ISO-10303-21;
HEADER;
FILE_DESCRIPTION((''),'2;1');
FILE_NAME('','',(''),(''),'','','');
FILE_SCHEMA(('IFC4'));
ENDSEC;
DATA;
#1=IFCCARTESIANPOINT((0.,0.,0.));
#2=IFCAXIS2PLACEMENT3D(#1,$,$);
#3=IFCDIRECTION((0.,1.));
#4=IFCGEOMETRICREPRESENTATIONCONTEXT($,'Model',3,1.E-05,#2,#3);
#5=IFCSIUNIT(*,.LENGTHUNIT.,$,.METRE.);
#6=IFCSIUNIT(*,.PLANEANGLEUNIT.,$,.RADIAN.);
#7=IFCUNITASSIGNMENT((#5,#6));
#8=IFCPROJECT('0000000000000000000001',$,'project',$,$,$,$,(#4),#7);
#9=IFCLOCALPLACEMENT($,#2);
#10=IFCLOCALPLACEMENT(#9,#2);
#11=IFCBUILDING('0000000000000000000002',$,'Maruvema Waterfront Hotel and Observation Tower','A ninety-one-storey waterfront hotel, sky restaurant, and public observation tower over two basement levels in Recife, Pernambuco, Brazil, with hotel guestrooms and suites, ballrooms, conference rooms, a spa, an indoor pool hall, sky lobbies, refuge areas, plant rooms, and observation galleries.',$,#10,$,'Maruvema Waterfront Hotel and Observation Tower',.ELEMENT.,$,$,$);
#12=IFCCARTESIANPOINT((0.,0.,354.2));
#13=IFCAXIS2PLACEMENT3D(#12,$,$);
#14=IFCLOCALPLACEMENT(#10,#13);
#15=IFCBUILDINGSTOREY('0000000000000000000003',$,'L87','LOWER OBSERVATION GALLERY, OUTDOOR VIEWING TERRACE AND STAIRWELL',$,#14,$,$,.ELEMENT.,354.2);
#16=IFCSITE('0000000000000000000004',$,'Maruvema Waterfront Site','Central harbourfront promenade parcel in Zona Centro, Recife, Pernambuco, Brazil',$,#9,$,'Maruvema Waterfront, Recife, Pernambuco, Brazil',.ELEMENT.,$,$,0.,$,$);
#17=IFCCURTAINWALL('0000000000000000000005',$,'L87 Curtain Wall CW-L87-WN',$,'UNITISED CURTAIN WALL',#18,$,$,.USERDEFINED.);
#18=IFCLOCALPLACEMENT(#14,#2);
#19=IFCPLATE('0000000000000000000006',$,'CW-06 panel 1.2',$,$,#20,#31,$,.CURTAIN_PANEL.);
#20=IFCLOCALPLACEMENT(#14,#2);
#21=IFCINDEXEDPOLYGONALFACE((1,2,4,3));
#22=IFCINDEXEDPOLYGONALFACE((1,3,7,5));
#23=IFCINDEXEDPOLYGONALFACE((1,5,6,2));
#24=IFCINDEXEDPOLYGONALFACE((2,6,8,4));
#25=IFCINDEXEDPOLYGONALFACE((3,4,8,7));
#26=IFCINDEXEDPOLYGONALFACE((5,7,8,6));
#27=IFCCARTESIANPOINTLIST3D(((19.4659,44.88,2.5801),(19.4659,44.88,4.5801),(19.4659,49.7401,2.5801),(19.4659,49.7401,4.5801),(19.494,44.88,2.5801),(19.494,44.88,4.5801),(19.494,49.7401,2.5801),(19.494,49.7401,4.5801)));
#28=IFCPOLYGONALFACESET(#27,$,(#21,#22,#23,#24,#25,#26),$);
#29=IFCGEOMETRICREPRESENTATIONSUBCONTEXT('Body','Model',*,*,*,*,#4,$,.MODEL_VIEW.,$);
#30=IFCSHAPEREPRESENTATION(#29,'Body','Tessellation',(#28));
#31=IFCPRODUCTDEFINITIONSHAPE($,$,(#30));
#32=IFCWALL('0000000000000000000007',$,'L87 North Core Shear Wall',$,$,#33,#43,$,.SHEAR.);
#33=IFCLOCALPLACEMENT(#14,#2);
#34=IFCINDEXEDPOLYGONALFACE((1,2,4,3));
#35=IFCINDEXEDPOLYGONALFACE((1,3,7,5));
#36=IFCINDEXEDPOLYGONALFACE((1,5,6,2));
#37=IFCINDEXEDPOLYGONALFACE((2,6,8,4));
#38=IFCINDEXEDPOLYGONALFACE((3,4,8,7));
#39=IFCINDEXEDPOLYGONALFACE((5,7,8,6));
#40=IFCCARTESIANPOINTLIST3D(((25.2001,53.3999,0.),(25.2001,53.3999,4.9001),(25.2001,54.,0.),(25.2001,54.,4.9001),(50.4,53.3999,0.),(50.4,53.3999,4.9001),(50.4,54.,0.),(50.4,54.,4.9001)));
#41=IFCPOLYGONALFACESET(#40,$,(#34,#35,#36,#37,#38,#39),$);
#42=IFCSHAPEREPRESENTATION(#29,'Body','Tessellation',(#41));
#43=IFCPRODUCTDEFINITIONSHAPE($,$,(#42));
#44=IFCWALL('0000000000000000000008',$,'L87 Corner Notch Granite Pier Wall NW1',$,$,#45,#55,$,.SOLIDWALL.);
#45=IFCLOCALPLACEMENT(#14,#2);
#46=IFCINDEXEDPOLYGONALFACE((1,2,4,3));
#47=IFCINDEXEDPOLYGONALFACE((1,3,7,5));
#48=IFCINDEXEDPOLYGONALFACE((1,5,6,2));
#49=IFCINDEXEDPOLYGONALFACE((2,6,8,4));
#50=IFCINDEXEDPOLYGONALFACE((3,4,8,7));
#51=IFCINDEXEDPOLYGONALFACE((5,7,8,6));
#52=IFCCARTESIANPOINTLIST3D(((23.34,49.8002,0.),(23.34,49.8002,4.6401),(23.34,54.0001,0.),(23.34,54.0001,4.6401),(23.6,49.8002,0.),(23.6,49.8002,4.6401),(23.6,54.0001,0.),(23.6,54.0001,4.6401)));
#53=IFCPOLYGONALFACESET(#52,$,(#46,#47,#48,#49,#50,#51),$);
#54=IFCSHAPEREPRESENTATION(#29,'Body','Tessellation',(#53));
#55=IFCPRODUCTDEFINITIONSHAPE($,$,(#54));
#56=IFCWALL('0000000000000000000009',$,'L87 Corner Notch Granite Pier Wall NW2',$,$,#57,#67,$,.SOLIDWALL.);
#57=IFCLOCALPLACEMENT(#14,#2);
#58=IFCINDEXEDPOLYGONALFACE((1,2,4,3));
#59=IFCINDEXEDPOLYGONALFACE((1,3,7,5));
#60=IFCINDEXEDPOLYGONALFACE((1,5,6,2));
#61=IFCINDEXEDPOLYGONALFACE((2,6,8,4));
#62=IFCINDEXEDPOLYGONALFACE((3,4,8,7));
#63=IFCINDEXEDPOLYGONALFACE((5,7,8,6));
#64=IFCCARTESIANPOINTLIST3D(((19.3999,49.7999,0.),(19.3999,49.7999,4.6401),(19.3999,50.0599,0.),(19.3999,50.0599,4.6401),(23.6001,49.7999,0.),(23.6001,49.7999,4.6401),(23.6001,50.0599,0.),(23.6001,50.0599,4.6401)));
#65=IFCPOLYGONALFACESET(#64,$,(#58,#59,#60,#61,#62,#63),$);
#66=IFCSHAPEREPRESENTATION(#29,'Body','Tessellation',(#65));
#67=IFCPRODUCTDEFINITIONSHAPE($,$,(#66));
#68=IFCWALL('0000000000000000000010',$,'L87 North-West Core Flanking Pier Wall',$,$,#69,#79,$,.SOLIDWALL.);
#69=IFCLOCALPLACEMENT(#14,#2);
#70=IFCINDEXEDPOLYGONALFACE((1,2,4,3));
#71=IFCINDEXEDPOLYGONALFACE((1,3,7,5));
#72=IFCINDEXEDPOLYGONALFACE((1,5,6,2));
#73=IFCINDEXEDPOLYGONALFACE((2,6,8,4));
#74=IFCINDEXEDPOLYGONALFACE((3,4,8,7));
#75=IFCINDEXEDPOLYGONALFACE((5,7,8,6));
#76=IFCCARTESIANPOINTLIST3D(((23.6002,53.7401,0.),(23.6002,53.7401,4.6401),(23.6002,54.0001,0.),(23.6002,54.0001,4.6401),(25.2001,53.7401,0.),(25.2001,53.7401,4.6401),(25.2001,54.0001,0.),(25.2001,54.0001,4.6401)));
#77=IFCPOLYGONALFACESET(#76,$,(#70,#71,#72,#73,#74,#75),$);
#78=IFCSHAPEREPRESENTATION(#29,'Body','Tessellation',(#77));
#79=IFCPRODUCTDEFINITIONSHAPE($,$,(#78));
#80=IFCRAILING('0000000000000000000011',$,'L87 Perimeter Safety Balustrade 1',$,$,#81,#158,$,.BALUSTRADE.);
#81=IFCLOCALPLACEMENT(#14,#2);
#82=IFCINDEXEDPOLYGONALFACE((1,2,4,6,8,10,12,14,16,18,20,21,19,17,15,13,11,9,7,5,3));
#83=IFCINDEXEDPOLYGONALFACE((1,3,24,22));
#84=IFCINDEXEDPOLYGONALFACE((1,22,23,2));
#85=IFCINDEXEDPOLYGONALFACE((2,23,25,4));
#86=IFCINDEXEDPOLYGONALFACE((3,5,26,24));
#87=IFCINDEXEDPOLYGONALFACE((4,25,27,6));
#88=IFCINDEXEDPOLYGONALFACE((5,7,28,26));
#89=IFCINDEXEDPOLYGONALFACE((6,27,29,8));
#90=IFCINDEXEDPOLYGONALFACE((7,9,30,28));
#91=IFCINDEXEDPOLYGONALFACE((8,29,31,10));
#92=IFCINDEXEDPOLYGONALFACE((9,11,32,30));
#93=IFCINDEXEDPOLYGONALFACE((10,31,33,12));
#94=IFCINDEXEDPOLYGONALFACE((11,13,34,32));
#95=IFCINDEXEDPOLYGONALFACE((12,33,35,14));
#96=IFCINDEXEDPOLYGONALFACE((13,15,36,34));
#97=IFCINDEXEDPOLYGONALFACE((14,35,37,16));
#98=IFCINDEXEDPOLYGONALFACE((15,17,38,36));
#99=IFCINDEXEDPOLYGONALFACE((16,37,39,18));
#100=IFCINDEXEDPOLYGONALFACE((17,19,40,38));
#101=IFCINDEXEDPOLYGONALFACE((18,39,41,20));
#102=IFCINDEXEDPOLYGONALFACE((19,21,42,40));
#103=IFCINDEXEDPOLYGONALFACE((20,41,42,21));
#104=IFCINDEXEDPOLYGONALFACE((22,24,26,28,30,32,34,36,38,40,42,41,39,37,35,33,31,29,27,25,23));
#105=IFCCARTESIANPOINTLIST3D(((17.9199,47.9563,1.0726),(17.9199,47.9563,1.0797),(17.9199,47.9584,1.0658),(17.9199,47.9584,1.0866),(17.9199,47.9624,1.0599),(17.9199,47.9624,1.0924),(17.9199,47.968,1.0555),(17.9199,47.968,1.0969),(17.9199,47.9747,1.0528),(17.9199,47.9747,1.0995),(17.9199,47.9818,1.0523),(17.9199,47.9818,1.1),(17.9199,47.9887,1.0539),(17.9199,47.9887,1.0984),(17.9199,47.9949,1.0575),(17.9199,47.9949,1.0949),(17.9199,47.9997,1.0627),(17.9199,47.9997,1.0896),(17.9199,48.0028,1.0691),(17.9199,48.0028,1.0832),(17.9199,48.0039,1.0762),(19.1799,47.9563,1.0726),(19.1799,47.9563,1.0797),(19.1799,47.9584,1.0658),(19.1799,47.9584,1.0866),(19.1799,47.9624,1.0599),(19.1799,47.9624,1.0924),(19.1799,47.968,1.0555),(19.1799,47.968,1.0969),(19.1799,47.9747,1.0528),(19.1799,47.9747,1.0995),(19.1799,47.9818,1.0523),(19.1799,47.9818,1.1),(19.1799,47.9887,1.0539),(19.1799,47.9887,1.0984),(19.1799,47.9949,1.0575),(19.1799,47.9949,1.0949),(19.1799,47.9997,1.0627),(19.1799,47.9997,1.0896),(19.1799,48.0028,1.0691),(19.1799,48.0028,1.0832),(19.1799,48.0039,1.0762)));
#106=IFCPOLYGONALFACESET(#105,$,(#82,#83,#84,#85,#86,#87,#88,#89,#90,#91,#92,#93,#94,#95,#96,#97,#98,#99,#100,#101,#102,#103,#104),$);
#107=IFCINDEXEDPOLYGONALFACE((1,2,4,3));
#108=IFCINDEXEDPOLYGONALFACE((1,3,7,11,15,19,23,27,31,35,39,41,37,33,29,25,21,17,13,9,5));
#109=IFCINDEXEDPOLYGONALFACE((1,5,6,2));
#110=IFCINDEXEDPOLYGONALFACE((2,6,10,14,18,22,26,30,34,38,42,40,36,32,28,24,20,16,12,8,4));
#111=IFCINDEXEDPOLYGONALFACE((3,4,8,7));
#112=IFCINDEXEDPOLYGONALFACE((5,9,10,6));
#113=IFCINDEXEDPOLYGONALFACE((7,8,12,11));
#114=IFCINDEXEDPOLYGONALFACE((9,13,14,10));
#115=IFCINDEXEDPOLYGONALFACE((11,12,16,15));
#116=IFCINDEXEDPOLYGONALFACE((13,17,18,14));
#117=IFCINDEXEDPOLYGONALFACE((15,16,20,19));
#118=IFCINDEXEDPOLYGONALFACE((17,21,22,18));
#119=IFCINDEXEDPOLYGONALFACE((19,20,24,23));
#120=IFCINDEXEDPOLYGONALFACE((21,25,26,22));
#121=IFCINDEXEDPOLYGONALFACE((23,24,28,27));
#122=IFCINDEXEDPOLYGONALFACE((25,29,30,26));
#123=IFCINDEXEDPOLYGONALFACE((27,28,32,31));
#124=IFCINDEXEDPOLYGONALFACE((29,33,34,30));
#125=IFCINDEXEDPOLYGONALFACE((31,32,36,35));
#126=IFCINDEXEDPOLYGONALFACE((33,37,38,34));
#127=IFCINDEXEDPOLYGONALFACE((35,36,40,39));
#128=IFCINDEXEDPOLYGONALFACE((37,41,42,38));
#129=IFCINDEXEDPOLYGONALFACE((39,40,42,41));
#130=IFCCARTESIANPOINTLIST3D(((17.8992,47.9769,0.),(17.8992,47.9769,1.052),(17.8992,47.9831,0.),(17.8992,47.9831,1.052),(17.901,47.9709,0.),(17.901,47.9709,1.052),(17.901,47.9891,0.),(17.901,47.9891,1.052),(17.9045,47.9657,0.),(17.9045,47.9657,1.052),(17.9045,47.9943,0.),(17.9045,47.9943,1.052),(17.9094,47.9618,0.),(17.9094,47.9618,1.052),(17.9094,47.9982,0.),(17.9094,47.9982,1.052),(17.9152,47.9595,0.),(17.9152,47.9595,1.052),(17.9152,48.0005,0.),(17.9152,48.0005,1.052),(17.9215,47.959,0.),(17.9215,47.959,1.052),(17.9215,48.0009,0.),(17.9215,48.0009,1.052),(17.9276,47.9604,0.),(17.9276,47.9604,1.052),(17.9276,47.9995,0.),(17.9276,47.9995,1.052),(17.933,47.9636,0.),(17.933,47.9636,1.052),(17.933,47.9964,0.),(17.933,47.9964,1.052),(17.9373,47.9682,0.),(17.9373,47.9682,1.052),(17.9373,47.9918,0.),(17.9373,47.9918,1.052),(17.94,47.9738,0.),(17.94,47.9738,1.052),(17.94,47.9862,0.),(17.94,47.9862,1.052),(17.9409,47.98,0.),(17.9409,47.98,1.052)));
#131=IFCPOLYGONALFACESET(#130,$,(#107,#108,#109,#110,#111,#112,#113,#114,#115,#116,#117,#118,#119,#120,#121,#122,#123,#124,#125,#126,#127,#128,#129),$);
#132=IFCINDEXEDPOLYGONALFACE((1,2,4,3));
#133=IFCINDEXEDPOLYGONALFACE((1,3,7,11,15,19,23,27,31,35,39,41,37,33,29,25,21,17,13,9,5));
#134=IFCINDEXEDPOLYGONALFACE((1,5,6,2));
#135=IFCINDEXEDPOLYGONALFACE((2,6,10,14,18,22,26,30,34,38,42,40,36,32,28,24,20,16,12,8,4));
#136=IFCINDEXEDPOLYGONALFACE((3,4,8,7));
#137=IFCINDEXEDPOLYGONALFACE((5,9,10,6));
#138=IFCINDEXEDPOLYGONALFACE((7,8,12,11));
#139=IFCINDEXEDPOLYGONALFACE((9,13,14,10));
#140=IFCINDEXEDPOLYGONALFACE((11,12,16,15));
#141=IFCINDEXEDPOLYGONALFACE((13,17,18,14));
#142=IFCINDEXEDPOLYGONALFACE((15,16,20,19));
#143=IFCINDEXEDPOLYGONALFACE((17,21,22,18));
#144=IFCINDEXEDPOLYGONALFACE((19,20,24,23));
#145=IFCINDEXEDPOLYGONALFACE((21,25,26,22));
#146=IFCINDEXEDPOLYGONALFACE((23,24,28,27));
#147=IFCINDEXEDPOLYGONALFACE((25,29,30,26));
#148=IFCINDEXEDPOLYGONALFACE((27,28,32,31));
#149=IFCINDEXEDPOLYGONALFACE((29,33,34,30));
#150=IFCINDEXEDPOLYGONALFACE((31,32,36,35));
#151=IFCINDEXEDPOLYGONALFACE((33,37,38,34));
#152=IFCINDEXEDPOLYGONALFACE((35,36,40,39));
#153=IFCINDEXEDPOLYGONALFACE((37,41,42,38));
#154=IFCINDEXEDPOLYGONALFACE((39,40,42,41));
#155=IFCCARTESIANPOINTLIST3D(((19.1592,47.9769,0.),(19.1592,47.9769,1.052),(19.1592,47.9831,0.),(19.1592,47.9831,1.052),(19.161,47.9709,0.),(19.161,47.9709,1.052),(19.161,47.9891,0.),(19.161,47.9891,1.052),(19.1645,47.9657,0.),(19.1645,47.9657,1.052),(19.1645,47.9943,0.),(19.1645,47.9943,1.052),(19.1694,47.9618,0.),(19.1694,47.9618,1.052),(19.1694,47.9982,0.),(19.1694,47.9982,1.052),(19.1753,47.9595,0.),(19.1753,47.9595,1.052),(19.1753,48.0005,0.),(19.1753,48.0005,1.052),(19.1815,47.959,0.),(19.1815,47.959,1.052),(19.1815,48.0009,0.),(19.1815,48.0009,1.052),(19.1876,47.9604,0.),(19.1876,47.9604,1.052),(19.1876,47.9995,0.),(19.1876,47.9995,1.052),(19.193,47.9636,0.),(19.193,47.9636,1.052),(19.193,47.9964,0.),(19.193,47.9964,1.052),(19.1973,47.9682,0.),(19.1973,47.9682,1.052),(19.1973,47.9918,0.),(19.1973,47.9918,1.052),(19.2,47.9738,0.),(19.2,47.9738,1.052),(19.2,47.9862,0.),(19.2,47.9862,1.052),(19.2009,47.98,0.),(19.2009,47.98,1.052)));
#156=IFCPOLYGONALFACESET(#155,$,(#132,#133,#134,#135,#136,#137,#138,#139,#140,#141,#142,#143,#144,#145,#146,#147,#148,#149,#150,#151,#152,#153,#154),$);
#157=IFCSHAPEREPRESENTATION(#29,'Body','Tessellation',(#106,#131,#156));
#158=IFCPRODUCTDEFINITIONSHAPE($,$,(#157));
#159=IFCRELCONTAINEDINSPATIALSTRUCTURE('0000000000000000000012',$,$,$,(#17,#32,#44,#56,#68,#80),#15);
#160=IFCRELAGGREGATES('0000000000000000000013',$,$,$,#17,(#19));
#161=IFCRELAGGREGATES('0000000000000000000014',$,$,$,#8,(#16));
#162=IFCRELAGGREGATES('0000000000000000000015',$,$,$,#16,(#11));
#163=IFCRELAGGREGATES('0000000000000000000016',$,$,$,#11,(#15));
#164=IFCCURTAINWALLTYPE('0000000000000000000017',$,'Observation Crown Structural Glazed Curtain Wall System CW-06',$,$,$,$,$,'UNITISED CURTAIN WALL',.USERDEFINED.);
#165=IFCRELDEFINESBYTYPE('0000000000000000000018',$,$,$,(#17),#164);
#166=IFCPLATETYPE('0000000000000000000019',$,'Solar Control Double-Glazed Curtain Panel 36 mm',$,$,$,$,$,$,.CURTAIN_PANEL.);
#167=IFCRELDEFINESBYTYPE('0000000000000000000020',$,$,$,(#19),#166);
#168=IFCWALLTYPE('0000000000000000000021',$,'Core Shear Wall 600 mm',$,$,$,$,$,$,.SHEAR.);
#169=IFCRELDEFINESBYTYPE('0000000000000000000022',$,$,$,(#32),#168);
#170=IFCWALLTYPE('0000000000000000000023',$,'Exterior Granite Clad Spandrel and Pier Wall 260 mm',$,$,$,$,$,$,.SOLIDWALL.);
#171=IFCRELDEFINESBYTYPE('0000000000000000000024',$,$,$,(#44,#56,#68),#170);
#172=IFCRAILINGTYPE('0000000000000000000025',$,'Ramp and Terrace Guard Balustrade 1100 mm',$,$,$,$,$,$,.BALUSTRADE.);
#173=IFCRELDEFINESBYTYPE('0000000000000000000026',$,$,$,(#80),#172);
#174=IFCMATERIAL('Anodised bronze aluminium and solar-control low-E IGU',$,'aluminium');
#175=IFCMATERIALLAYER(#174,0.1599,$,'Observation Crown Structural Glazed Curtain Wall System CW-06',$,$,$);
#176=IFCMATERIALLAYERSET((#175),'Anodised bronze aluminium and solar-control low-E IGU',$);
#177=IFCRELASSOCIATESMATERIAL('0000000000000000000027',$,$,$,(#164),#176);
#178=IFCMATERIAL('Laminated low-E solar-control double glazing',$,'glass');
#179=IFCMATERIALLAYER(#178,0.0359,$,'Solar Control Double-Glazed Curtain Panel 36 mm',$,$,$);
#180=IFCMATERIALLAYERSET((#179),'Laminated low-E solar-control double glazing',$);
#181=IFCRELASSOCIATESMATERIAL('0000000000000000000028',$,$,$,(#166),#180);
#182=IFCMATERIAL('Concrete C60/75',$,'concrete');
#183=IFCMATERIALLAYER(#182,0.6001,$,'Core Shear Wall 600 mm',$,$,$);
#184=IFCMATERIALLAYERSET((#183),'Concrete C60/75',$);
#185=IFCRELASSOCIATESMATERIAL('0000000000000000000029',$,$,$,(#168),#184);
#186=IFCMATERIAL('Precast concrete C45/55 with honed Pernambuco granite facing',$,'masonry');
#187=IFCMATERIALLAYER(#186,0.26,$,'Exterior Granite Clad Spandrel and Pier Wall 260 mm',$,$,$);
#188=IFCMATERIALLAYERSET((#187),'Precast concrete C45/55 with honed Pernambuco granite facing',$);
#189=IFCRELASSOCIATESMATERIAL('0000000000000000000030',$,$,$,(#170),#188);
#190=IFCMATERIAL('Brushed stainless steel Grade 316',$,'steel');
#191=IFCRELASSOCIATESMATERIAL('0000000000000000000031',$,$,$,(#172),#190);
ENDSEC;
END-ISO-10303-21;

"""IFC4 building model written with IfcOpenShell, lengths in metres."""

from ifc_helpers import new_model, si_unit, direction, frame, frame_2d, origin, origin_2d, place, context, subcontext, project, spatial, rectangle, circle, extrude, material, layer, layer_set, type_object, element, aggregate, save


model = new_model("IFC4")

# Units and contexts
model_context = context("Model", 3, precision=1e-05, world=origin(), true_north=direction((0.0, 1.0)))
body_context = subcontext(model_context, "Body", "Model", "MODEL_VIEW")
ifc_project = project(units=[si_unit("LENGTHUNIT", "METRE"), si_unit("PLANEANGLEUNIT", "RADIAN")], contexts=[model_context])

# Site, building, storey
site_placement = place(None, origin())
site = spatial("IfcSite", under=ifc_project, at=site_placement, Name="Maruvema Waterfront Site", Description="Central harbourfront promenade parcel in Zona Centro, Recife, Pernambuco, Brazil", LongName="Maruvema Waterfront, Recife, Pernambuco, Brazil", CompositionType="ELEMENT", RefElevation=0.0)
building_placement = place(site_placement, origin())
building = spatial("IfcBuilding", under=site, at=building_placement, Name="Maruvema Waterfront Hotel and Observation Tower", Description="A ninety-one-storey waterfront hotel, sky restaurant, and public observation tower over two basement levels in Recife, Pernambuco, Brazil, with hotel guestrooms and suites, ballrooms, conference rooms, a spa, an indoor pool hall, sky lobbies, refuge areas, plant rooms, and observation galleries.", LongName="Maruvema Waterfront Hotel and Observation Tower", CompositionType="ELEMENT")
storey_placement = place(building_placement, frame((0.0, 0.0, 354.2)))
storey = spatial("IfcBuildingStorey", under=building, at=storey_placement, Name="L87", Description="LOWER OBSERVATION GALLERY, OUTDOOR VIEWING TERRACE AND STAIRWELL", CompositionType="ELEMENT", Elevation=354.2)

# Curtain wall
ifc_material_1 = material(Name="Anodised bronze aluminium and solar-control low-E IGU", Category="aluminium")
ifc_layer_1 = layer(ifc_material_1, 0.1599, Name="Observation Crown Structural Glazed Curtain Wall System CW-06")
ifc_layer_set_1 = layer_set([ifc_layer_1], Name="Anodised bronze aluminium and solar-control low-E IGU")
curtain_wall_type = type_object("IfcCurtainWallType", Name="Observation Crown Structural Glazed Curtain Wall System CW-06", ElementType="UNITISED CURTAIN WALL", PredefinedType="USERDEFINED", material=ifc_layer_set_1)
curtain_wall_placement = place(storey_placement, origin())
curtain_wall = element("IfcCurtainWall", 1, at=curtain_wall_placement, inside=storey, type_object=curtain_wall_type, Name="L87 Curtain Wall CW-L87-WN", ObjectType="UNITISED CURTAIN WALL", PredefinedType="USERDEFINED")

# Plate
ifc_material_2 = material(Name="Laminated low-E solar-control double glazing", Category="glass")
ifc_layer_2 = layer(ifc_material_2, 0.0359, Name="Solar Control Double-Glazed Curtain Panel 36 mm")
ifc_layer_set_2 = layer_set([ifc_layer_2], Name="Laminated low-E solar-control double glazing")
plate_type = type_object("IfcPlateType", Name="Solar Control Double-Glazed Curtain Panel 36 mm", PredefinedType="CURTAIN_PANEL", material=ifc_layer_set_2)
plate_1_placement = place(storey_placement, frame((19.48, 47.3101, 2.5801), z_axis=(0.0, 0.0, 1.0), x_axis=(0.0, -1.0, 0.0)))
plate_1 = element("IfcPlate", 2, at=plate_1_placement, type_object=plate_type, Name="CW-06 panel 1.2", PredefinedType="CURTAIN_PANEL", context=body_context, shape_type="SweptSolid", body=[
    extrude(rectangle(XDim=4.8601, YDim=0.0281, at=origin_2d()), origin(), (0.0, 0.0, 1.0), 2.0),
])
aggregate(curtain_wall, [plate_1])

# Walls
ifc_material_3 = material(Name="Concrete C60/75", Category="concrete")
ifc_layer_3 = layer(ifc_material_3, 0.6001, Name="Core Shear Wall 600 mm")
ifc_layer_set_3 = layer_set([ifc_layer_3], Name="Concrete C60/75")
wall_type_1 = type_object("IfcWallType", Name="Core Shear Wall 600 mm", PredefinedType="SHEAR", material=ifc_layer_set_3)
wall_1_placement = place(storey_placement, frame((25.2, 53.7, 0.0), z_axis=(0.0, 0.0, 1.0), x_axis=(1.0, 0.0, 0.0)))
element("IfcWall", 3, at=wall_1_placement, inside=storey, type_object=wall_type_1, Name="L87 North Core Shear Wall", PredefinedType="SHEAR", context=body_context, shape_type="SweptSolid", body=[
    extrude(rectangle(XDim=25.2, YDim=0.6001, at=frame_2d((12.6001, 0.0))), origin(), (0.0, 0.0, 1.0), 4.9001),
])
ifc_material_4 = material(Name="Precast concrete C45/55 with honed Pernambuco granite facing", Category="masonry")
ifc_layer_4 = layer(ifc_material_4, 0.26, Name="Exterior Granite Clad Spandrel and Pier Wall 260 mm")
ifc_layer_set_4 = layer_set([ifc_layer_4], Name="Precast concrete C45/55 with honed Pernambuco granite facing")
wall_type_2 = type_object("IfcWallType", Name="Exterior Granite Clad Spandrel and Pier Wall 260 mm", PredefinedType="SOLIDWALL", material=ifc_layer_set_4)
wall_2_placement = place(storey_placement, frame((23.47, 49.8, 0.0), z_axis=(0.0, 0.0, 1.0), x_axis=(0.0, 1.0, 0.0)))
element("IfcWall", 4, at=wall_2_placement, inside=storey, type_object=wall_type_2, Name="L87 Corner Notch Granite Pier Wall NW1", PredefinedType="SOLIDWALL", context=body_context, shape_type="SweptSolid", body=[
    extrude(rectangle(XDim=4.2, YDim=0.26, at=frame_2d((2.1001, 0.0))), origin(), (0.0, 0.0, 1.0), 4.6401),
])
wall_3_placement = place(storey_placement, frame((19.3999, 49.9299, 0.0), z_axis=(0.0, 0.0, 1.0), x_axis=(1.0, 0.0, 0.0)))
element("IfcWall", 5, at=wall_3_placement, inside=storey, type_object=wall_type_2, Name="L87 Corner Notch Granite Pier Wall NW2", PredefinedType="SOLIDWALL", context=body_context, shape_type="SweptSolid", body=[
    extrude(rectangle(XDim=4.2002, YDim=0.26, at=frame_2d((2.1001, 0.0))), origin(), (0.0, 0.0, 1.0), 4.6401),
])
wall_4_placement = place(storey_placement, frame((25.2, 53.8701, 0.0), z_axis=(0.0, 0.0, 1.0), x_axis=(-1.0, 0.0, 0.0)))
element("IfcWall", 6, at=wall_4_placement, inside=storey, type_object=wall_type_2, Name="L87 North-West Core Flanking Pier Wall", PredefinedType="SOLIDWALL", context=body_context, shape_type="SweptSolid", body=[
    extrude(rectangle(XDim=1.5999, YDim=0.26, at=frame_2d((0.7998, 0.0))), origin(), (0.0, 0.0, 1.0), 4.6401),
])

# Railing
ifc_material_5 = material(Name="Brushed stainless steel Grade 316", Category="steel")
railing_type = type_object("IfcRailingType", Name="Ramp and Terrace Guard Balustrade 1100 mm", PredefinedType="BALUSTRADE", material=ifc_material_5)
railing_1_placement = place(storey_placement, frame((17.9199, 47.98, 0.0)))
element("IfcRailing", 7, at=railing_1_placement, inside=storey, type_object=railing_type, Name="L87 Perimeter Safety Balustrade 1", PredefinedType="BALUSTRADE", context=body_context, shape_type="SweptSolid", body=[
    extrude(circle(Radius=0.0239, at=origin_2d()), frame((0.0, 0.0, 1.0762), z_axis=(1.0, 0.0, 0.0), x_axis=(0.0, 1.0, 0.0)), (0.0, 0.0, 1.0), 1.26),
    extrude(circle(Radius=0.021, at=origin_2d()), origin(), (0.0, 0.0, 1.0), 1.052),
    extrude(circle(Radius=0.021, at=origin_2d()), frame((1.26, 0.0, 0.0)), (0.0, 0.0, 1.0), 1.052),
])

save(model, "model.ifc")
